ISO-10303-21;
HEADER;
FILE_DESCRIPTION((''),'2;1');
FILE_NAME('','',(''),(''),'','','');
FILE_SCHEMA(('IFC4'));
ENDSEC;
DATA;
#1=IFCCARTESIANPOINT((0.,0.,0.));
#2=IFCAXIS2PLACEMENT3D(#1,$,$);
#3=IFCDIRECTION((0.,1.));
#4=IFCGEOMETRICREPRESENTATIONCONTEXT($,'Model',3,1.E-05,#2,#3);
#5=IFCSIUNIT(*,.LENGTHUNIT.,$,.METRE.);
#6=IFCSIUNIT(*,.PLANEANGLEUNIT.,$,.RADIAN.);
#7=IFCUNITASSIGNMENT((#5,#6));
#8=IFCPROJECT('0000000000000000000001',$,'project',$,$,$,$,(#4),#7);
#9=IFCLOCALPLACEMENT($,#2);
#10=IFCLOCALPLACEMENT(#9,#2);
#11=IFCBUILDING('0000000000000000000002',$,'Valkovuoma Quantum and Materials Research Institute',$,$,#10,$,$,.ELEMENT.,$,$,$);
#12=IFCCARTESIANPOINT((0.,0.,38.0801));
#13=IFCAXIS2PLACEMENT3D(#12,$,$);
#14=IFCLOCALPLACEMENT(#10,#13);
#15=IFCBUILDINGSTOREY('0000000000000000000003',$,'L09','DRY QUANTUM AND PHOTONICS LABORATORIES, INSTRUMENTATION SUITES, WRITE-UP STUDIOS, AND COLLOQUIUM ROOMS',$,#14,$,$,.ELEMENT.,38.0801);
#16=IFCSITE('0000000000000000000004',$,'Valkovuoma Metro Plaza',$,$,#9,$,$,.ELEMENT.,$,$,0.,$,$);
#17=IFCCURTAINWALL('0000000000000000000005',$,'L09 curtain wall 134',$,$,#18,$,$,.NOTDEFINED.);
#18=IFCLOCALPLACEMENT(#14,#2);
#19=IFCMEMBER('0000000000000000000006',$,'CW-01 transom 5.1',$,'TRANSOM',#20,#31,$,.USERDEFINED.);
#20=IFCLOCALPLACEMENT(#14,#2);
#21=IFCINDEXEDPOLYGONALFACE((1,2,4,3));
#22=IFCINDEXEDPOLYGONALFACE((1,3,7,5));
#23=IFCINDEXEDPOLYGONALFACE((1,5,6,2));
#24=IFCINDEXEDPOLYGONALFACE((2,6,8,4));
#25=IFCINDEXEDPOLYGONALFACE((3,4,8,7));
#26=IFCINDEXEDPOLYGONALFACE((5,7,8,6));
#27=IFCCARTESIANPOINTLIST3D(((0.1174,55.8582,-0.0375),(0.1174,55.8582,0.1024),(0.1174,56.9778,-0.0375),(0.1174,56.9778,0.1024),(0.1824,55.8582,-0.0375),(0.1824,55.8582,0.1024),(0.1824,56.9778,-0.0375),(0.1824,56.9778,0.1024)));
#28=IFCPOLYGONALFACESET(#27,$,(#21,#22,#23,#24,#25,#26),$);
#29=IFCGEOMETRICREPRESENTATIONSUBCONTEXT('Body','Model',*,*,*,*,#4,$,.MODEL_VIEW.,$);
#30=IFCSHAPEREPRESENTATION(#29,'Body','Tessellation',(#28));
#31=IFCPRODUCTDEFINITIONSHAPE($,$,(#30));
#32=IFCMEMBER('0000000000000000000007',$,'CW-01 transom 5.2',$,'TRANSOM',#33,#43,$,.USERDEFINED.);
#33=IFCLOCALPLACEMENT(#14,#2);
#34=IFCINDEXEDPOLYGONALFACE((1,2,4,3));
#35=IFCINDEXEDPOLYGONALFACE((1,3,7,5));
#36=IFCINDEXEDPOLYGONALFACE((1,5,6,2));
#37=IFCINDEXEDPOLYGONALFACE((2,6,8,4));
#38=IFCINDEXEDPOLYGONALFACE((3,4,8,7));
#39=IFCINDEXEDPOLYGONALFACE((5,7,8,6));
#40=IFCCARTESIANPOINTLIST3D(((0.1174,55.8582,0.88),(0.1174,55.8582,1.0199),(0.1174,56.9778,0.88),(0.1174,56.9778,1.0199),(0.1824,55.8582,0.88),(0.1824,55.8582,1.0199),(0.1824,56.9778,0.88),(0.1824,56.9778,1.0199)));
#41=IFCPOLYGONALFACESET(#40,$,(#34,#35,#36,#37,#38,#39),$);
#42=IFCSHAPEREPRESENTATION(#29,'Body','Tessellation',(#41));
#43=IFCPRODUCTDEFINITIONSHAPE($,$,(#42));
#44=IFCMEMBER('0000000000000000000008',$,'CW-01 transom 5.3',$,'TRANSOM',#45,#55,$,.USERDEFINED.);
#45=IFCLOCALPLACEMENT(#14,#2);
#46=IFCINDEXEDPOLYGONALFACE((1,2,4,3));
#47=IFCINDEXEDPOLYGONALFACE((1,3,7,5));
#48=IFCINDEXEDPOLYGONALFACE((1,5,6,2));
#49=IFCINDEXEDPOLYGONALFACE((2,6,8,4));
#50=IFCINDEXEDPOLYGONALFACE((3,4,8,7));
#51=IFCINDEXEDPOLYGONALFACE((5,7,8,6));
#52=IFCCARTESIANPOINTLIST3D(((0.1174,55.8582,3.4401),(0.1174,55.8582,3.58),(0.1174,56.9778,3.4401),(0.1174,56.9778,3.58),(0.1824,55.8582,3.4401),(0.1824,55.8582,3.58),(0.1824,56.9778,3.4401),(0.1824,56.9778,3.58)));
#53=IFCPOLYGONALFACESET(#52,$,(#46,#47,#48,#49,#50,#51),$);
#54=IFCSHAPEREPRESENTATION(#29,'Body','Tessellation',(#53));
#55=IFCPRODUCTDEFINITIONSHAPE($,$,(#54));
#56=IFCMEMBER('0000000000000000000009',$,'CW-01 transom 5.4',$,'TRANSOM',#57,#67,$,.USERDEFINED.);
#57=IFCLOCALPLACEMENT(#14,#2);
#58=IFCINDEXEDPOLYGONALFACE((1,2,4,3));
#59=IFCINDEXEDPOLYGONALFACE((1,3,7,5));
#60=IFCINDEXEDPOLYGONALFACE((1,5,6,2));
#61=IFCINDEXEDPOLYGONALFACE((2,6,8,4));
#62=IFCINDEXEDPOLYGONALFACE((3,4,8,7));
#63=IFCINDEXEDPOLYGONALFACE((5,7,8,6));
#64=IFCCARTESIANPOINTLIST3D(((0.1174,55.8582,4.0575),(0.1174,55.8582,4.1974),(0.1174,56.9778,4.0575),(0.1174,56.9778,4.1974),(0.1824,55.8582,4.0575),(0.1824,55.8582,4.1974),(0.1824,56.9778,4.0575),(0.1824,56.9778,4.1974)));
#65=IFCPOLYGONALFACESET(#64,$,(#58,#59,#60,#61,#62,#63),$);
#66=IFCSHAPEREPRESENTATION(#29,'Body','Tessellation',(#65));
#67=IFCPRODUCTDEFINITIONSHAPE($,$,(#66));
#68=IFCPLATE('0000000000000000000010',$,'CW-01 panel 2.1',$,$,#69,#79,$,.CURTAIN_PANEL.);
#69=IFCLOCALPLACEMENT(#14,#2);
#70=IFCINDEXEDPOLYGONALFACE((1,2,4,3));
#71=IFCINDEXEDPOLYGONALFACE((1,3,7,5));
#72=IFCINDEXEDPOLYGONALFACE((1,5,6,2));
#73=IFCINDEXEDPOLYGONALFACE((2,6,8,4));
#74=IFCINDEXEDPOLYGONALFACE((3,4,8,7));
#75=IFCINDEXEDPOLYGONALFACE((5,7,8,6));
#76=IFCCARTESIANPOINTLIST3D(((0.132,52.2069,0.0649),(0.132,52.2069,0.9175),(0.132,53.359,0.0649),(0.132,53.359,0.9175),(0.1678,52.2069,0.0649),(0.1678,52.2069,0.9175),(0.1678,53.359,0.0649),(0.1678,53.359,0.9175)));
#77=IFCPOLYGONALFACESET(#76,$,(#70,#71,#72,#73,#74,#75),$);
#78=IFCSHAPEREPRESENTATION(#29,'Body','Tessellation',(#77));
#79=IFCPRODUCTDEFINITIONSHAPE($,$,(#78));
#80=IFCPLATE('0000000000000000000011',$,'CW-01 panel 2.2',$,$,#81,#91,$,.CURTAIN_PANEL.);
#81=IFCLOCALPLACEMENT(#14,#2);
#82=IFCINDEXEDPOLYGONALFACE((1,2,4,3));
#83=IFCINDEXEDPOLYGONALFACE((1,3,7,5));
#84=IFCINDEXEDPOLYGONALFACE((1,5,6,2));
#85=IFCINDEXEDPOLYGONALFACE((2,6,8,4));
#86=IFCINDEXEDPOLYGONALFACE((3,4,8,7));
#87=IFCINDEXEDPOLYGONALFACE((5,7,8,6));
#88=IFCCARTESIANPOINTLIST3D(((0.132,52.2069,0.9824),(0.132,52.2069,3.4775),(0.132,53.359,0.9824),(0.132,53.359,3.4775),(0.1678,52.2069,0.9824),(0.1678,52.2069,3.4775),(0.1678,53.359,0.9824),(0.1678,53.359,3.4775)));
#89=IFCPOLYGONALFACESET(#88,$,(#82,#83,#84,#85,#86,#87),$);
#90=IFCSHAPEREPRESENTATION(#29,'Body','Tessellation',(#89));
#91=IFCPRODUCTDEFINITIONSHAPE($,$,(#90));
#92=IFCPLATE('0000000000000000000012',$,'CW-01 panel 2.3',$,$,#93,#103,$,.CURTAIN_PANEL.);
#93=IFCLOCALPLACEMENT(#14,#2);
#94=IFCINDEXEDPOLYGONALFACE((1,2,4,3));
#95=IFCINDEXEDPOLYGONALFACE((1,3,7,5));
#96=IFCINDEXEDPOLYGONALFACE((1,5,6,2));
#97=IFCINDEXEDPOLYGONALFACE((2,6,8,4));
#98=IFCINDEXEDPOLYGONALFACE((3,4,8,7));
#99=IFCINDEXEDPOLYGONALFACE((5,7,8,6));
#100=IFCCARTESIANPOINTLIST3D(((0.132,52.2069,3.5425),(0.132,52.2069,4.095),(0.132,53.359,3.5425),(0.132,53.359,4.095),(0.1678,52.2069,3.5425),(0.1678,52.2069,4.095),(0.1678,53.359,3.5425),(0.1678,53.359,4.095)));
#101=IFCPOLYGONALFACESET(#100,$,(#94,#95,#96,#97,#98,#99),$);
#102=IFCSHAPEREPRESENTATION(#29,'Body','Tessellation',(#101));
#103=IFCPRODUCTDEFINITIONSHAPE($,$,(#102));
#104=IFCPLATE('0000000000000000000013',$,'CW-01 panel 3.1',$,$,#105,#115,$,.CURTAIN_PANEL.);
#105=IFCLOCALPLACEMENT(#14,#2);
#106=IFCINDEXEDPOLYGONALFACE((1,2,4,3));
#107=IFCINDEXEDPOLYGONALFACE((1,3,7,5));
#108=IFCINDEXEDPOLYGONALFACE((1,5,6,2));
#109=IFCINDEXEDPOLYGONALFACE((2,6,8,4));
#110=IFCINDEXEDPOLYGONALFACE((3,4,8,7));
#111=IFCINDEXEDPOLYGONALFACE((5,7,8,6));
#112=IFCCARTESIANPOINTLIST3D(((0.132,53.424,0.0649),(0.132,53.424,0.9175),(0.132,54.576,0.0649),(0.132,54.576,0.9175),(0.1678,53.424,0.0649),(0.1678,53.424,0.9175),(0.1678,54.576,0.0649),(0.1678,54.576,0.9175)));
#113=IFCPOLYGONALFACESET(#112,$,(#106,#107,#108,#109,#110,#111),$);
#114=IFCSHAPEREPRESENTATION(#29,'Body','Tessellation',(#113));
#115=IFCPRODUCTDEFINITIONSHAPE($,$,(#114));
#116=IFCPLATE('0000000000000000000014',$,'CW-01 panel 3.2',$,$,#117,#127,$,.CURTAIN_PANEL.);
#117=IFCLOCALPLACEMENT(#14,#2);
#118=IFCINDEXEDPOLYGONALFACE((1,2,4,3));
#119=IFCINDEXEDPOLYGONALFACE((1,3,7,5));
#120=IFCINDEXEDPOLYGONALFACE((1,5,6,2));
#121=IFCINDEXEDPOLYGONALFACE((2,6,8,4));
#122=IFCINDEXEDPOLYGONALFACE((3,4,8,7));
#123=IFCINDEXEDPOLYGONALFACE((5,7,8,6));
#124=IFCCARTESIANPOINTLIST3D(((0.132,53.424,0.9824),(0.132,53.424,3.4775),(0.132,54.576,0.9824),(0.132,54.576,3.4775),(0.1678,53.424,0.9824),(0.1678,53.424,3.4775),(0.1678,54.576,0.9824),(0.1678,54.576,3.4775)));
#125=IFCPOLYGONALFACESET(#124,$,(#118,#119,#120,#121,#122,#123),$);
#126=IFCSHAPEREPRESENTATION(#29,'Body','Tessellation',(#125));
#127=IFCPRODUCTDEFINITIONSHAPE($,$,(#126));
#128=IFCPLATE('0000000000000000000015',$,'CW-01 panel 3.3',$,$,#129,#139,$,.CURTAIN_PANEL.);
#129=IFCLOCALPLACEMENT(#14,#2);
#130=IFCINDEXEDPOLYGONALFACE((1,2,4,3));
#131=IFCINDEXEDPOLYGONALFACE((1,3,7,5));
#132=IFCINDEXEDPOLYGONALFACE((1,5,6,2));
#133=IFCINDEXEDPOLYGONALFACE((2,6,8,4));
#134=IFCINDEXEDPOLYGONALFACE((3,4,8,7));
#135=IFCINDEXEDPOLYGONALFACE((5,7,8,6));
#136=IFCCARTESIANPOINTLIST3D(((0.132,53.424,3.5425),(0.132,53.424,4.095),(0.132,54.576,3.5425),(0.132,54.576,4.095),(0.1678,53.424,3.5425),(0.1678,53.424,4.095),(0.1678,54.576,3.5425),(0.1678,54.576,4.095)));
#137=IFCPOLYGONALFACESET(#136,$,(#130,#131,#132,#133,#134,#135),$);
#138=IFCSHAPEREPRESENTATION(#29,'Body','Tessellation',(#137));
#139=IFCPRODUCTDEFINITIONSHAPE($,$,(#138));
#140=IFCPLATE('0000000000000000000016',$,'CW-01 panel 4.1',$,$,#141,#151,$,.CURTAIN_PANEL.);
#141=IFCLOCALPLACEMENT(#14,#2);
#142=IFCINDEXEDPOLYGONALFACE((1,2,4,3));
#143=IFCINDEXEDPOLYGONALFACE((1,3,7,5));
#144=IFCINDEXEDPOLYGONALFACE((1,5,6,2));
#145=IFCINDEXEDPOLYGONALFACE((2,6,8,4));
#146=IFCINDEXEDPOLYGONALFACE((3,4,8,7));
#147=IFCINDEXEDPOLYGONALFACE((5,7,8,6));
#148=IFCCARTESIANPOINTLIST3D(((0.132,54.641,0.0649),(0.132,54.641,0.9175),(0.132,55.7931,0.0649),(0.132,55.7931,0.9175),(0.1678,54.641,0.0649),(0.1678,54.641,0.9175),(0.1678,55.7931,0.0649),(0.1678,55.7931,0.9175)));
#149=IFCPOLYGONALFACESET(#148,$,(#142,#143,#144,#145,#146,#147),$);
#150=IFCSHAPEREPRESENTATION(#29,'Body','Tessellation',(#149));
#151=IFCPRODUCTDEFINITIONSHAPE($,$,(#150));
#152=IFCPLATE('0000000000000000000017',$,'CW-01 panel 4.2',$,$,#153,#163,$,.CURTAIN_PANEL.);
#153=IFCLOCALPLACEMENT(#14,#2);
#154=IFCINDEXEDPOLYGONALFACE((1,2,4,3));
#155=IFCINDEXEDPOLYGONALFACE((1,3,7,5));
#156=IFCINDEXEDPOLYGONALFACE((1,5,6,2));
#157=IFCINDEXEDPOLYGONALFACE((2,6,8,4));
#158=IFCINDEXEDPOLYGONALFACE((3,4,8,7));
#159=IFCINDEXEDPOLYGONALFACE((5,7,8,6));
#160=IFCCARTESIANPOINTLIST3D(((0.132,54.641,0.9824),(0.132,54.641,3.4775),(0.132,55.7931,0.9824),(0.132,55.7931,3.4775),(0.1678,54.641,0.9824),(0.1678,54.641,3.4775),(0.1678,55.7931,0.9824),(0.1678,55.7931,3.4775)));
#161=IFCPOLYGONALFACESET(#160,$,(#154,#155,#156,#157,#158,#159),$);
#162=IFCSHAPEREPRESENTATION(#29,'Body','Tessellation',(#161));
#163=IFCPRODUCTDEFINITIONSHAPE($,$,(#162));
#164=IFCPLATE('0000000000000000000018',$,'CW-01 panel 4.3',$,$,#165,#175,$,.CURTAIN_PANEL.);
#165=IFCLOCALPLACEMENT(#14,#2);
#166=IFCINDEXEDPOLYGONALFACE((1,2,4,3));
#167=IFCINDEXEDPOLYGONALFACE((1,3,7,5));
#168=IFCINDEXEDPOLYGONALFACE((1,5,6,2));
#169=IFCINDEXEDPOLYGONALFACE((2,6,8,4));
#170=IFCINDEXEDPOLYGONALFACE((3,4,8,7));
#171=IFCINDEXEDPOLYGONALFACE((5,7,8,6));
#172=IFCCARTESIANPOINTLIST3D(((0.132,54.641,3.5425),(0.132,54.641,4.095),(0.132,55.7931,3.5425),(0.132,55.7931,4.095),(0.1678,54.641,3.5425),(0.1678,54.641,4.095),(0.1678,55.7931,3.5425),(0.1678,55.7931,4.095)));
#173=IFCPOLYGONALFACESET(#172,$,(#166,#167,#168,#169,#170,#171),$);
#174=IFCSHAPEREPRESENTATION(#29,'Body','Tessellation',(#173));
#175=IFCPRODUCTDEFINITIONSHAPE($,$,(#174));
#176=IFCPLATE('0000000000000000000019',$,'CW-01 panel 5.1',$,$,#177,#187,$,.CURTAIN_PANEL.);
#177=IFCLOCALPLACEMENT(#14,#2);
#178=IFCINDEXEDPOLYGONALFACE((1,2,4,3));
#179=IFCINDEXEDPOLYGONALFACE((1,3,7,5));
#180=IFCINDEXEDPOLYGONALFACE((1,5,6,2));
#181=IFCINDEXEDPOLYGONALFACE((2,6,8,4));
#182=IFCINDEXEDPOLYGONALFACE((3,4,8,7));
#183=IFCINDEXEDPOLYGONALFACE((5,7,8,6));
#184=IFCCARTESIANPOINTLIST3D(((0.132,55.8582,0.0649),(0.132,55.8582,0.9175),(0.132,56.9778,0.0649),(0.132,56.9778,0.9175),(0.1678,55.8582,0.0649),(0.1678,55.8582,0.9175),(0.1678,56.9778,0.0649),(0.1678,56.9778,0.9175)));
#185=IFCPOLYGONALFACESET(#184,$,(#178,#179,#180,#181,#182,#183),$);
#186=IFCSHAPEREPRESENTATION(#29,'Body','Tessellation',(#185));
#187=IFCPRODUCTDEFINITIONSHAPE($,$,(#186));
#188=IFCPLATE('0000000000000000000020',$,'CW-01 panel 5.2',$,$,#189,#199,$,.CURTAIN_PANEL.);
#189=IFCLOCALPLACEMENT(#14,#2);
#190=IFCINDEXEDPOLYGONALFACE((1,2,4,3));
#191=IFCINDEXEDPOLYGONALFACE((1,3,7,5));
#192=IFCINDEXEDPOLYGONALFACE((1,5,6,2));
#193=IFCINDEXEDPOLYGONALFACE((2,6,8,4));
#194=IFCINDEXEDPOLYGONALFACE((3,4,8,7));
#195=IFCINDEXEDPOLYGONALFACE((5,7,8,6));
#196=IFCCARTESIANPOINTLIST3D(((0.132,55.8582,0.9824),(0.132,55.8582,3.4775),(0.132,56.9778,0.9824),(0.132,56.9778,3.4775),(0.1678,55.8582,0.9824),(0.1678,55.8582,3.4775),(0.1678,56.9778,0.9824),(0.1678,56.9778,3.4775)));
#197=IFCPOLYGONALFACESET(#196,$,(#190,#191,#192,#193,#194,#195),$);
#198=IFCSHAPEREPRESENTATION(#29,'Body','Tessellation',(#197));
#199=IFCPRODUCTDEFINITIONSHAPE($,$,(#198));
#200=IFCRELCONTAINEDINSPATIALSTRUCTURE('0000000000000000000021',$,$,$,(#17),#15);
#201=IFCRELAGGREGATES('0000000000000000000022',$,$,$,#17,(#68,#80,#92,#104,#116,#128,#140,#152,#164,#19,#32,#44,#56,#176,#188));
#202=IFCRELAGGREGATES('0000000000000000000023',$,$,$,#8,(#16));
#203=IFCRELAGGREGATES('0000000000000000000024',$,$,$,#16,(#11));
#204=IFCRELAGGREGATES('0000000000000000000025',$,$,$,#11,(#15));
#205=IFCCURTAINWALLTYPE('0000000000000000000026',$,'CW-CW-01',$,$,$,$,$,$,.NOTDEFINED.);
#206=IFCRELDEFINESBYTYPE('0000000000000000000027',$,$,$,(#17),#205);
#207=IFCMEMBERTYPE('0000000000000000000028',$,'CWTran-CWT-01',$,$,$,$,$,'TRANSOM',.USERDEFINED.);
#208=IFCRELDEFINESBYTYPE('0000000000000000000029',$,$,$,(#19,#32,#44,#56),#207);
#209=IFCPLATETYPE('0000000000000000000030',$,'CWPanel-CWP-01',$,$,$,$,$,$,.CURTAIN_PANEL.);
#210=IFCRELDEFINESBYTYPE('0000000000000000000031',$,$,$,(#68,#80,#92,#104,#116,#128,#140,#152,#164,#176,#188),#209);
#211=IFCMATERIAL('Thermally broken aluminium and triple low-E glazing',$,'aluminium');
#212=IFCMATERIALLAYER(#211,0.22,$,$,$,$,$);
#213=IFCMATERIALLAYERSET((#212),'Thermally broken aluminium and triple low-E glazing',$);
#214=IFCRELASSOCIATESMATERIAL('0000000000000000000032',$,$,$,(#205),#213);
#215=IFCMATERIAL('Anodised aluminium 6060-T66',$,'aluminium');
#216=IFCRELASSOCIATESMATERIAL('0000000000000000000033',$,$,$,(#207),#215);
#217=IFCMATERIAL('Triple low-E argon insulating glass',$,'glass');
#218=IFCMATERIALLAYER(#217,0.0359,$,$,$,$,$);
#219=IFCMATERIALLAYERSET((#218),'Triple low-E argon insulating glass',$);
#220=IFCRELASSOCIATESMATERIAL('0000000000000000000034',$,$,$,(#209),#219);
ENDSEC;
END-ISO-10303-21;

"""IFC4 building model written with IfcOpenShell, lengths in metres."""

from ifc_helpers import new_model, si_unit, direction, frame, origin, origin_2d, place, context, subcontext, project, spatial, rectangle, extrude, material, layer, layer_set, material_profile, profile_set, type_object, element, aggregate, save


model = new_model("IFC4")

# Units and contexts
model_context = context("Model", 3, precision=1e-05, world=origin(), true_north=direction((0.0, 1.0)))
body_context = subcontext(model_context, "Body", "Model", "MODEL_VIEW")
ifc_project = project(units=[si_unit("LENGTHUNIT", "METRE"), si_unit("PLANEANGLEUNIT", "RADIAN")], contexts=[model_context])

# Site, building, storey
site_placement = place(None, origin())
site = spatial("IfcSite", under=ifc_project, at=site_placement, Name="Valkovuoma Metro Plaza", CompositionType="ELEMENT", RefElevation=0.0)
building_placement = place(site_placement, origin())
building = spatial("IfcBuilding", under=site, at=building_placement, Name="Valkovuoma Quantum and Materials Research Institute", CompositionType="ELEMENT")
storey_placement = place(building_placement, frame((0.0, 0.0, 38.0801)))
storey = spatial("IfcBuildingStorey", under=building, at=storey_placement, Name="L09", Description="DRY QUANTUM AND PHOTONICS LABORATORIES, INSTRUMENTATION SUITES, WRITE-UP STUDIOS, AND COLLOQUIUM ROOMS", CompositionType="ELEMENT", Elevation=38.0801)

# Curtain wall, members, plates
ifc_material_1 = material(Name="Thermally broken aluminium and triple low-E glazing", Category="aluminium")
ifc_layer_1 = layer(ifc_material_1, 0.22)
ifc_layer_set_1 = layer_set([ifc_layer_1], Name="Thermally broken aluminium and triple low-E glazing")
curtain_wall_type = type_object("IfcCurtainWallType", Name="CW-CW-01", PredefinedType="NOTDEFINED", material=ifc_layer_set_1)
curtain_wall_placement = place(storey_placement, origin())
curtain_wall = element("IfcCurtainWall", 1, at=curtain_wall_placement, inside=storey, type_object=curtain_wall_type, Name="L09 curtain wall 134", PredefinedType="NOTDEFINED")
ifc_material_2 = material(Name="Anodised aluminium 6060-T66", Category="aluminium")
ifc_material_profile_1 = material_profile(ifc_material_2, rectangle(XDim=0.0649, YDim=0.1399, at=origin_2d()), Name="Anodised aluminium 6060-T66")
ifc_profile_set_1 = profile_set([ifc_material_profile_1], Name="Anodised aluminium 6060-T66")
member_type_1 = type_object("IfcMemberType", Name="CWTran-CWT-01", ElementType="TRANSOM", PredefinedType="USERDEFINED", material=ifc_profile_set_1)
member_1_placement = place(storey_placement, frame((0.1499, 55.8582, 0.0325), z_axis=(0.0, 1.0, 0.0), x_axis=(-1.0, 0.0, 0.0)))
member_1 = element("IfcMember", 2, at=member_1_placement, type_object=member_type_1, Name="CW-01 transom 5.1", ObjectType="TRANSOM", PredefinedType="USERDEFINED", context=body_context, shape_type="SweptSolid", body=[
    extrude(rectangle(XDim=0.0649, YDim=0.1399, at=origin_2d()), origin(), (0.0, 0.0, 1.0), 1.1196),
])
member_2_placement = place(storey_placement, frame((0.1499, 55.8582, 0.95), z_axis=(0.0, 1.0, 0.0), x_axis=(-1.0, 0.0, 0.0)))
member_2 = element("IfcMember", 3, at=member_2_placement, type_object=member_type_1, Name="CW-01 transom 5.2", ObjectType="TRANSOM", PredefinedType="USERDEFINED", context=body_context, shape_type="SweptSolid", body=[
    extrude(rectangle(XDim=0.0649, YDim=0.1399, at=origin_2d()), origin(), (0.0, 0.0, 1.0), 1.1196),
])
member_3_placement = place(storey_placement, frame((0.1499, 55.8582, 3.51), z_axis=(0.0, 1.0, 0.0), x_axis=(-1.0, 0.0, 0.0)))
member_3 = element("IfcMember", 4, at=member_3_placement, type_object=member_type_1, Name="CW-01 transom 5.3", ObjectType="TRANSOM", PredefinedType="USERDEFINED", context=body_context, shape_type="SweptSolid", body=[
    extrude(rectangle(XDim=0.0649, YDim=0.1399, at=origin_2d()), origin(), (0.0, 0.0, 1.0), 1.1196),
])
member_4_placement = place(storey_placement, frame((0.1499, 55.8582, 4.1274), z_axis=(0.0, 1.0, 0.0), x_axis=(-1.0, 0.0, 0.0)))
member_4 = element("IfcMember", 5, at=member_4_placement, type_object=member_type_1, Name="CW-01 transom 5.4", ObjectType="TRANSOM", PredefinedType="USERDEFINED", context=body_context, shape_type="SweptSolid", body=[
    extrude(rectangle(XDim=0.0649, YDim=0.1399, at=origin_2d()), origin(), (0.0, 0.0, 1.0), 1.1196),
])
ifc_material_3 = material(Name="Triple low-E argon insulating glass", Category="glass")
ifc_layer_2 = layer(ifc_material_3, 0.0359)
ifc_layer_set_2 = layer_set([ifc_layer_2], Name="Triple low-E argon insulating glass")
plate_type = type_object("IfcPlateType", Name="CWPanel-CWP-01", PredefinedType="CURTAIN_PANEL", material=ifc_layer_set_2)
plate_1_placement = place(storey_placement, frame((0.1499, 52.783, 0.0649), z_axis=(0.0, 0.0, 1.0), x_axis=(0.0, 1.0, 0.0)))
plate_1 = element("IfcPlate", 6, at=plate_1_placement, type_object=plate_type, Name="CW-01 panel 2.1", PredefinedType="CURTAIN_PANEL", context=body_context, shape_type="SweptSolid", body=[
    extrude(rectangle(XDim=1.1521, YDim=0.0359, at=origin_2d()), origin(), (0.0, 0.0, 1.0), 0.8525),
])
plate_2_placement = place(storey_placement, frame((0.1499, 52.783, 0.9824), z_axis=(0.0, 0.0, 1.0), x_axis=(0.0, 1.0, 0.0)))
plate_2 = element("IfcPlate", 7, at=plate_2_placement, type_object=plate_type, Name="CW-01 panel 2.2", PredefinedType="CURTAIN_PANEL", context=body_context, shape_type="SweptSolid", body=[
    extrude(rectangle(XDim=1.1521, YDim=0.0359, at=origin_2d()), origin(), (0.0, 0.0, 1.0), 2.4951),
])
plate_3_placement = place(storey_placement, frame((0.1499, 52.783, 3.5425), z_axis=(0.0, 0.0, 1.0), x_axis=(0.0, 1.0, 0.0)))
plate_3 = element("IfcPlate", 8, at=plate_3_placement, type_object=plate_type, Name="CW-01 panel 2.3", PredefinedType="CURTAIN_PANEL", context=body_context, shape_type="SweptSolid", body=[
    extrude(rectangle(XDim=1.1521, YDim=0.0359, at=origin_2d()), origin(), (0.0, 0.0, 1.0), 0.5525),
])
plate_4_placement = place(storey_placement, frame((0.1499, 54.0, 0.0649), z_axis=(0.0, 0.0, 1.0), x_axis=(0.0, 1.0, 0.0)))
plate_4 = element("IfcPlate", 9, at=plate_4_placement, type_object=plate_type, Name="CW-01 panel 3.1", PredefinedType="CURTAIN_PANEL", context=body_context, shape_type="SweptSolid", body=[
    extrude(rectangle(XDim=1.1521, YDim=0.0359, at=origin_2d()), origin(), (0.0, 0.0, 1.0), 0.8525),
])
plate_5_placement = place(storey_placement, frame((0.1499, 54.0, 0.9824), z_axis=(0.0, 0.0, 1.0), x_axis=(0.0, 1.0, 0.0)))
plate_5 = element("IfcPlate", 10, at=plate_5_placement, type_object=plate_type, Name="CW-01 panel 3.2", PredefinedType="CURTAIN_PANEL", context=body_context, shape_type="SweptSolid", body=[
    extrude(rectangle(XDim=1.1521, YDim=0.0359, at=origin_2d()), origin(), (0.0, 0.0, 1.0), 2.4951),
])
plate_6_placement = place(storey_placement, frame((0.1499, 54.0, 3.5425), z_axis=(0.0, 0.0, 1.0), x_axis=(0.0, 1.0, 0.0)))
plate_6 = element("IfcPlate", 11, at=plate_6_placement, type_object=plate_type, Name="CW-01 panel 3.3", PredefinedType="CURTAIN_PANEL", context=body_context, shape_type="SweptSolid", body=[
    extrude(rectangle(XDim=1.1521, YDim=0.0359, at=origin_2d()), origin(), (0.0, 0.0, 1.0), 0.5525),
])
plate_7_placement = place(storey_placement, frame((0.1499, 55.217, 0.0649), z_axis=(0.0, 0.0, 1.0), x_axis=(0.0, 1.0, 0.0)))
plate_7 = element("IfcPlate", 12, at=plate_7_placement, type_object=plate_type, Name="CW-01 panel 4.1", PredefinedType="CURTAIN_PANEL", context=body_context, shape_type="SweptSolid", body=[
    extrude(rectangle(XDim=1.1521, YDim=0.0359, at=origin_2d()), origin(), (0.0, 0.0, 1.0), 0.8525),
])
plate_8_placement = place(storey_placement, frame((0.1499, 55.217, 0.9824), z_axis=(0.0, 0.0, 1.0), x_axis=(0.0, 1.0, 0.0)))
plate_8 = element("IfcPlate", 13, at=plate_8_placement, type_object=plate_type, Name="CW-01 panel 4.2", PredefinedType="CURTAIN_PANEL", context=body_context, shape_type="SweptSolid", body=[
    extrude(rectangle(XDim=1.1521, YDim=0.0359, at=origin_2d()), origin(), (0.0, 0.0, 1.0), 2.4951),
])
plate_9_placement = place(storey_placement, frame((0.1499, 55.217, 3.5425), z_axis=(0.0, 0.0, 1.0), x_axis=(0.0, 1.0, 0.0)))
plate_9 = element("IfcPlate", 14, at=plate_9_placement, type_object=plate_type, Name="CW-01 panel 4.3", PredefinedType="CURTAIN_PANEL", context=body_context, shape_type="SweptSolid", body=[
    extrude(rectangle(XDim=1.1521, YDim=0.0359, at=origin_2d()), origin(), (0.0, 0.0, 1.0), 0.5525),
])
plate_10_placement = place(storey_placement, frame((0.1499, 56.418, 0.0649), z_axis=(0.0, 0.0, 1.0), x_axis=(0.0, 1.0, 0.0)))
plate_10 = element("IfcPlate", 15, at=plate_10_placement, type_object=plate_type, Name="CW-01 panel 5.1", PredefinedType="CURTAIN_PANEL", context=body_context, shape_type="SweptSolid", body=[
    extrude(rectangle(XDim=1.1196, YDim=0.0359, at=origin_2d()), origin(), (0.0, 0.0, 1.0), 0.8525),
])
plate_11_placement = place(storey_placement, frame((0.1499, 56.418, 0.9824), z_axis=(0.0, 0.0, 1.0), x_axis=(0.0, 1.0, 0.0)))
plate_11 = element("IfcPlate", 16, at=plate_11_placement, type_object=plate_type, Name="CW-01 panel 5.2", PredefinedType="CURTAIN_PANEL", context=body_context, shape_type="SweptSolid", body=[
    extrude(rectangle(XDim=1.1196, YDim=0.0359, at=origin_2d()), origin(), (0.0, 0.0, 1.0), 2.4951),
])
aggregate(curtain_wall, [plate_1, plate_2, plate_3, plate_4, plate_5, plate_6, plate_7, plate_8, plate_9, member_1, member_2, member_3, member_4, plate_10, plate_11])

save(model, "model.ifc")
